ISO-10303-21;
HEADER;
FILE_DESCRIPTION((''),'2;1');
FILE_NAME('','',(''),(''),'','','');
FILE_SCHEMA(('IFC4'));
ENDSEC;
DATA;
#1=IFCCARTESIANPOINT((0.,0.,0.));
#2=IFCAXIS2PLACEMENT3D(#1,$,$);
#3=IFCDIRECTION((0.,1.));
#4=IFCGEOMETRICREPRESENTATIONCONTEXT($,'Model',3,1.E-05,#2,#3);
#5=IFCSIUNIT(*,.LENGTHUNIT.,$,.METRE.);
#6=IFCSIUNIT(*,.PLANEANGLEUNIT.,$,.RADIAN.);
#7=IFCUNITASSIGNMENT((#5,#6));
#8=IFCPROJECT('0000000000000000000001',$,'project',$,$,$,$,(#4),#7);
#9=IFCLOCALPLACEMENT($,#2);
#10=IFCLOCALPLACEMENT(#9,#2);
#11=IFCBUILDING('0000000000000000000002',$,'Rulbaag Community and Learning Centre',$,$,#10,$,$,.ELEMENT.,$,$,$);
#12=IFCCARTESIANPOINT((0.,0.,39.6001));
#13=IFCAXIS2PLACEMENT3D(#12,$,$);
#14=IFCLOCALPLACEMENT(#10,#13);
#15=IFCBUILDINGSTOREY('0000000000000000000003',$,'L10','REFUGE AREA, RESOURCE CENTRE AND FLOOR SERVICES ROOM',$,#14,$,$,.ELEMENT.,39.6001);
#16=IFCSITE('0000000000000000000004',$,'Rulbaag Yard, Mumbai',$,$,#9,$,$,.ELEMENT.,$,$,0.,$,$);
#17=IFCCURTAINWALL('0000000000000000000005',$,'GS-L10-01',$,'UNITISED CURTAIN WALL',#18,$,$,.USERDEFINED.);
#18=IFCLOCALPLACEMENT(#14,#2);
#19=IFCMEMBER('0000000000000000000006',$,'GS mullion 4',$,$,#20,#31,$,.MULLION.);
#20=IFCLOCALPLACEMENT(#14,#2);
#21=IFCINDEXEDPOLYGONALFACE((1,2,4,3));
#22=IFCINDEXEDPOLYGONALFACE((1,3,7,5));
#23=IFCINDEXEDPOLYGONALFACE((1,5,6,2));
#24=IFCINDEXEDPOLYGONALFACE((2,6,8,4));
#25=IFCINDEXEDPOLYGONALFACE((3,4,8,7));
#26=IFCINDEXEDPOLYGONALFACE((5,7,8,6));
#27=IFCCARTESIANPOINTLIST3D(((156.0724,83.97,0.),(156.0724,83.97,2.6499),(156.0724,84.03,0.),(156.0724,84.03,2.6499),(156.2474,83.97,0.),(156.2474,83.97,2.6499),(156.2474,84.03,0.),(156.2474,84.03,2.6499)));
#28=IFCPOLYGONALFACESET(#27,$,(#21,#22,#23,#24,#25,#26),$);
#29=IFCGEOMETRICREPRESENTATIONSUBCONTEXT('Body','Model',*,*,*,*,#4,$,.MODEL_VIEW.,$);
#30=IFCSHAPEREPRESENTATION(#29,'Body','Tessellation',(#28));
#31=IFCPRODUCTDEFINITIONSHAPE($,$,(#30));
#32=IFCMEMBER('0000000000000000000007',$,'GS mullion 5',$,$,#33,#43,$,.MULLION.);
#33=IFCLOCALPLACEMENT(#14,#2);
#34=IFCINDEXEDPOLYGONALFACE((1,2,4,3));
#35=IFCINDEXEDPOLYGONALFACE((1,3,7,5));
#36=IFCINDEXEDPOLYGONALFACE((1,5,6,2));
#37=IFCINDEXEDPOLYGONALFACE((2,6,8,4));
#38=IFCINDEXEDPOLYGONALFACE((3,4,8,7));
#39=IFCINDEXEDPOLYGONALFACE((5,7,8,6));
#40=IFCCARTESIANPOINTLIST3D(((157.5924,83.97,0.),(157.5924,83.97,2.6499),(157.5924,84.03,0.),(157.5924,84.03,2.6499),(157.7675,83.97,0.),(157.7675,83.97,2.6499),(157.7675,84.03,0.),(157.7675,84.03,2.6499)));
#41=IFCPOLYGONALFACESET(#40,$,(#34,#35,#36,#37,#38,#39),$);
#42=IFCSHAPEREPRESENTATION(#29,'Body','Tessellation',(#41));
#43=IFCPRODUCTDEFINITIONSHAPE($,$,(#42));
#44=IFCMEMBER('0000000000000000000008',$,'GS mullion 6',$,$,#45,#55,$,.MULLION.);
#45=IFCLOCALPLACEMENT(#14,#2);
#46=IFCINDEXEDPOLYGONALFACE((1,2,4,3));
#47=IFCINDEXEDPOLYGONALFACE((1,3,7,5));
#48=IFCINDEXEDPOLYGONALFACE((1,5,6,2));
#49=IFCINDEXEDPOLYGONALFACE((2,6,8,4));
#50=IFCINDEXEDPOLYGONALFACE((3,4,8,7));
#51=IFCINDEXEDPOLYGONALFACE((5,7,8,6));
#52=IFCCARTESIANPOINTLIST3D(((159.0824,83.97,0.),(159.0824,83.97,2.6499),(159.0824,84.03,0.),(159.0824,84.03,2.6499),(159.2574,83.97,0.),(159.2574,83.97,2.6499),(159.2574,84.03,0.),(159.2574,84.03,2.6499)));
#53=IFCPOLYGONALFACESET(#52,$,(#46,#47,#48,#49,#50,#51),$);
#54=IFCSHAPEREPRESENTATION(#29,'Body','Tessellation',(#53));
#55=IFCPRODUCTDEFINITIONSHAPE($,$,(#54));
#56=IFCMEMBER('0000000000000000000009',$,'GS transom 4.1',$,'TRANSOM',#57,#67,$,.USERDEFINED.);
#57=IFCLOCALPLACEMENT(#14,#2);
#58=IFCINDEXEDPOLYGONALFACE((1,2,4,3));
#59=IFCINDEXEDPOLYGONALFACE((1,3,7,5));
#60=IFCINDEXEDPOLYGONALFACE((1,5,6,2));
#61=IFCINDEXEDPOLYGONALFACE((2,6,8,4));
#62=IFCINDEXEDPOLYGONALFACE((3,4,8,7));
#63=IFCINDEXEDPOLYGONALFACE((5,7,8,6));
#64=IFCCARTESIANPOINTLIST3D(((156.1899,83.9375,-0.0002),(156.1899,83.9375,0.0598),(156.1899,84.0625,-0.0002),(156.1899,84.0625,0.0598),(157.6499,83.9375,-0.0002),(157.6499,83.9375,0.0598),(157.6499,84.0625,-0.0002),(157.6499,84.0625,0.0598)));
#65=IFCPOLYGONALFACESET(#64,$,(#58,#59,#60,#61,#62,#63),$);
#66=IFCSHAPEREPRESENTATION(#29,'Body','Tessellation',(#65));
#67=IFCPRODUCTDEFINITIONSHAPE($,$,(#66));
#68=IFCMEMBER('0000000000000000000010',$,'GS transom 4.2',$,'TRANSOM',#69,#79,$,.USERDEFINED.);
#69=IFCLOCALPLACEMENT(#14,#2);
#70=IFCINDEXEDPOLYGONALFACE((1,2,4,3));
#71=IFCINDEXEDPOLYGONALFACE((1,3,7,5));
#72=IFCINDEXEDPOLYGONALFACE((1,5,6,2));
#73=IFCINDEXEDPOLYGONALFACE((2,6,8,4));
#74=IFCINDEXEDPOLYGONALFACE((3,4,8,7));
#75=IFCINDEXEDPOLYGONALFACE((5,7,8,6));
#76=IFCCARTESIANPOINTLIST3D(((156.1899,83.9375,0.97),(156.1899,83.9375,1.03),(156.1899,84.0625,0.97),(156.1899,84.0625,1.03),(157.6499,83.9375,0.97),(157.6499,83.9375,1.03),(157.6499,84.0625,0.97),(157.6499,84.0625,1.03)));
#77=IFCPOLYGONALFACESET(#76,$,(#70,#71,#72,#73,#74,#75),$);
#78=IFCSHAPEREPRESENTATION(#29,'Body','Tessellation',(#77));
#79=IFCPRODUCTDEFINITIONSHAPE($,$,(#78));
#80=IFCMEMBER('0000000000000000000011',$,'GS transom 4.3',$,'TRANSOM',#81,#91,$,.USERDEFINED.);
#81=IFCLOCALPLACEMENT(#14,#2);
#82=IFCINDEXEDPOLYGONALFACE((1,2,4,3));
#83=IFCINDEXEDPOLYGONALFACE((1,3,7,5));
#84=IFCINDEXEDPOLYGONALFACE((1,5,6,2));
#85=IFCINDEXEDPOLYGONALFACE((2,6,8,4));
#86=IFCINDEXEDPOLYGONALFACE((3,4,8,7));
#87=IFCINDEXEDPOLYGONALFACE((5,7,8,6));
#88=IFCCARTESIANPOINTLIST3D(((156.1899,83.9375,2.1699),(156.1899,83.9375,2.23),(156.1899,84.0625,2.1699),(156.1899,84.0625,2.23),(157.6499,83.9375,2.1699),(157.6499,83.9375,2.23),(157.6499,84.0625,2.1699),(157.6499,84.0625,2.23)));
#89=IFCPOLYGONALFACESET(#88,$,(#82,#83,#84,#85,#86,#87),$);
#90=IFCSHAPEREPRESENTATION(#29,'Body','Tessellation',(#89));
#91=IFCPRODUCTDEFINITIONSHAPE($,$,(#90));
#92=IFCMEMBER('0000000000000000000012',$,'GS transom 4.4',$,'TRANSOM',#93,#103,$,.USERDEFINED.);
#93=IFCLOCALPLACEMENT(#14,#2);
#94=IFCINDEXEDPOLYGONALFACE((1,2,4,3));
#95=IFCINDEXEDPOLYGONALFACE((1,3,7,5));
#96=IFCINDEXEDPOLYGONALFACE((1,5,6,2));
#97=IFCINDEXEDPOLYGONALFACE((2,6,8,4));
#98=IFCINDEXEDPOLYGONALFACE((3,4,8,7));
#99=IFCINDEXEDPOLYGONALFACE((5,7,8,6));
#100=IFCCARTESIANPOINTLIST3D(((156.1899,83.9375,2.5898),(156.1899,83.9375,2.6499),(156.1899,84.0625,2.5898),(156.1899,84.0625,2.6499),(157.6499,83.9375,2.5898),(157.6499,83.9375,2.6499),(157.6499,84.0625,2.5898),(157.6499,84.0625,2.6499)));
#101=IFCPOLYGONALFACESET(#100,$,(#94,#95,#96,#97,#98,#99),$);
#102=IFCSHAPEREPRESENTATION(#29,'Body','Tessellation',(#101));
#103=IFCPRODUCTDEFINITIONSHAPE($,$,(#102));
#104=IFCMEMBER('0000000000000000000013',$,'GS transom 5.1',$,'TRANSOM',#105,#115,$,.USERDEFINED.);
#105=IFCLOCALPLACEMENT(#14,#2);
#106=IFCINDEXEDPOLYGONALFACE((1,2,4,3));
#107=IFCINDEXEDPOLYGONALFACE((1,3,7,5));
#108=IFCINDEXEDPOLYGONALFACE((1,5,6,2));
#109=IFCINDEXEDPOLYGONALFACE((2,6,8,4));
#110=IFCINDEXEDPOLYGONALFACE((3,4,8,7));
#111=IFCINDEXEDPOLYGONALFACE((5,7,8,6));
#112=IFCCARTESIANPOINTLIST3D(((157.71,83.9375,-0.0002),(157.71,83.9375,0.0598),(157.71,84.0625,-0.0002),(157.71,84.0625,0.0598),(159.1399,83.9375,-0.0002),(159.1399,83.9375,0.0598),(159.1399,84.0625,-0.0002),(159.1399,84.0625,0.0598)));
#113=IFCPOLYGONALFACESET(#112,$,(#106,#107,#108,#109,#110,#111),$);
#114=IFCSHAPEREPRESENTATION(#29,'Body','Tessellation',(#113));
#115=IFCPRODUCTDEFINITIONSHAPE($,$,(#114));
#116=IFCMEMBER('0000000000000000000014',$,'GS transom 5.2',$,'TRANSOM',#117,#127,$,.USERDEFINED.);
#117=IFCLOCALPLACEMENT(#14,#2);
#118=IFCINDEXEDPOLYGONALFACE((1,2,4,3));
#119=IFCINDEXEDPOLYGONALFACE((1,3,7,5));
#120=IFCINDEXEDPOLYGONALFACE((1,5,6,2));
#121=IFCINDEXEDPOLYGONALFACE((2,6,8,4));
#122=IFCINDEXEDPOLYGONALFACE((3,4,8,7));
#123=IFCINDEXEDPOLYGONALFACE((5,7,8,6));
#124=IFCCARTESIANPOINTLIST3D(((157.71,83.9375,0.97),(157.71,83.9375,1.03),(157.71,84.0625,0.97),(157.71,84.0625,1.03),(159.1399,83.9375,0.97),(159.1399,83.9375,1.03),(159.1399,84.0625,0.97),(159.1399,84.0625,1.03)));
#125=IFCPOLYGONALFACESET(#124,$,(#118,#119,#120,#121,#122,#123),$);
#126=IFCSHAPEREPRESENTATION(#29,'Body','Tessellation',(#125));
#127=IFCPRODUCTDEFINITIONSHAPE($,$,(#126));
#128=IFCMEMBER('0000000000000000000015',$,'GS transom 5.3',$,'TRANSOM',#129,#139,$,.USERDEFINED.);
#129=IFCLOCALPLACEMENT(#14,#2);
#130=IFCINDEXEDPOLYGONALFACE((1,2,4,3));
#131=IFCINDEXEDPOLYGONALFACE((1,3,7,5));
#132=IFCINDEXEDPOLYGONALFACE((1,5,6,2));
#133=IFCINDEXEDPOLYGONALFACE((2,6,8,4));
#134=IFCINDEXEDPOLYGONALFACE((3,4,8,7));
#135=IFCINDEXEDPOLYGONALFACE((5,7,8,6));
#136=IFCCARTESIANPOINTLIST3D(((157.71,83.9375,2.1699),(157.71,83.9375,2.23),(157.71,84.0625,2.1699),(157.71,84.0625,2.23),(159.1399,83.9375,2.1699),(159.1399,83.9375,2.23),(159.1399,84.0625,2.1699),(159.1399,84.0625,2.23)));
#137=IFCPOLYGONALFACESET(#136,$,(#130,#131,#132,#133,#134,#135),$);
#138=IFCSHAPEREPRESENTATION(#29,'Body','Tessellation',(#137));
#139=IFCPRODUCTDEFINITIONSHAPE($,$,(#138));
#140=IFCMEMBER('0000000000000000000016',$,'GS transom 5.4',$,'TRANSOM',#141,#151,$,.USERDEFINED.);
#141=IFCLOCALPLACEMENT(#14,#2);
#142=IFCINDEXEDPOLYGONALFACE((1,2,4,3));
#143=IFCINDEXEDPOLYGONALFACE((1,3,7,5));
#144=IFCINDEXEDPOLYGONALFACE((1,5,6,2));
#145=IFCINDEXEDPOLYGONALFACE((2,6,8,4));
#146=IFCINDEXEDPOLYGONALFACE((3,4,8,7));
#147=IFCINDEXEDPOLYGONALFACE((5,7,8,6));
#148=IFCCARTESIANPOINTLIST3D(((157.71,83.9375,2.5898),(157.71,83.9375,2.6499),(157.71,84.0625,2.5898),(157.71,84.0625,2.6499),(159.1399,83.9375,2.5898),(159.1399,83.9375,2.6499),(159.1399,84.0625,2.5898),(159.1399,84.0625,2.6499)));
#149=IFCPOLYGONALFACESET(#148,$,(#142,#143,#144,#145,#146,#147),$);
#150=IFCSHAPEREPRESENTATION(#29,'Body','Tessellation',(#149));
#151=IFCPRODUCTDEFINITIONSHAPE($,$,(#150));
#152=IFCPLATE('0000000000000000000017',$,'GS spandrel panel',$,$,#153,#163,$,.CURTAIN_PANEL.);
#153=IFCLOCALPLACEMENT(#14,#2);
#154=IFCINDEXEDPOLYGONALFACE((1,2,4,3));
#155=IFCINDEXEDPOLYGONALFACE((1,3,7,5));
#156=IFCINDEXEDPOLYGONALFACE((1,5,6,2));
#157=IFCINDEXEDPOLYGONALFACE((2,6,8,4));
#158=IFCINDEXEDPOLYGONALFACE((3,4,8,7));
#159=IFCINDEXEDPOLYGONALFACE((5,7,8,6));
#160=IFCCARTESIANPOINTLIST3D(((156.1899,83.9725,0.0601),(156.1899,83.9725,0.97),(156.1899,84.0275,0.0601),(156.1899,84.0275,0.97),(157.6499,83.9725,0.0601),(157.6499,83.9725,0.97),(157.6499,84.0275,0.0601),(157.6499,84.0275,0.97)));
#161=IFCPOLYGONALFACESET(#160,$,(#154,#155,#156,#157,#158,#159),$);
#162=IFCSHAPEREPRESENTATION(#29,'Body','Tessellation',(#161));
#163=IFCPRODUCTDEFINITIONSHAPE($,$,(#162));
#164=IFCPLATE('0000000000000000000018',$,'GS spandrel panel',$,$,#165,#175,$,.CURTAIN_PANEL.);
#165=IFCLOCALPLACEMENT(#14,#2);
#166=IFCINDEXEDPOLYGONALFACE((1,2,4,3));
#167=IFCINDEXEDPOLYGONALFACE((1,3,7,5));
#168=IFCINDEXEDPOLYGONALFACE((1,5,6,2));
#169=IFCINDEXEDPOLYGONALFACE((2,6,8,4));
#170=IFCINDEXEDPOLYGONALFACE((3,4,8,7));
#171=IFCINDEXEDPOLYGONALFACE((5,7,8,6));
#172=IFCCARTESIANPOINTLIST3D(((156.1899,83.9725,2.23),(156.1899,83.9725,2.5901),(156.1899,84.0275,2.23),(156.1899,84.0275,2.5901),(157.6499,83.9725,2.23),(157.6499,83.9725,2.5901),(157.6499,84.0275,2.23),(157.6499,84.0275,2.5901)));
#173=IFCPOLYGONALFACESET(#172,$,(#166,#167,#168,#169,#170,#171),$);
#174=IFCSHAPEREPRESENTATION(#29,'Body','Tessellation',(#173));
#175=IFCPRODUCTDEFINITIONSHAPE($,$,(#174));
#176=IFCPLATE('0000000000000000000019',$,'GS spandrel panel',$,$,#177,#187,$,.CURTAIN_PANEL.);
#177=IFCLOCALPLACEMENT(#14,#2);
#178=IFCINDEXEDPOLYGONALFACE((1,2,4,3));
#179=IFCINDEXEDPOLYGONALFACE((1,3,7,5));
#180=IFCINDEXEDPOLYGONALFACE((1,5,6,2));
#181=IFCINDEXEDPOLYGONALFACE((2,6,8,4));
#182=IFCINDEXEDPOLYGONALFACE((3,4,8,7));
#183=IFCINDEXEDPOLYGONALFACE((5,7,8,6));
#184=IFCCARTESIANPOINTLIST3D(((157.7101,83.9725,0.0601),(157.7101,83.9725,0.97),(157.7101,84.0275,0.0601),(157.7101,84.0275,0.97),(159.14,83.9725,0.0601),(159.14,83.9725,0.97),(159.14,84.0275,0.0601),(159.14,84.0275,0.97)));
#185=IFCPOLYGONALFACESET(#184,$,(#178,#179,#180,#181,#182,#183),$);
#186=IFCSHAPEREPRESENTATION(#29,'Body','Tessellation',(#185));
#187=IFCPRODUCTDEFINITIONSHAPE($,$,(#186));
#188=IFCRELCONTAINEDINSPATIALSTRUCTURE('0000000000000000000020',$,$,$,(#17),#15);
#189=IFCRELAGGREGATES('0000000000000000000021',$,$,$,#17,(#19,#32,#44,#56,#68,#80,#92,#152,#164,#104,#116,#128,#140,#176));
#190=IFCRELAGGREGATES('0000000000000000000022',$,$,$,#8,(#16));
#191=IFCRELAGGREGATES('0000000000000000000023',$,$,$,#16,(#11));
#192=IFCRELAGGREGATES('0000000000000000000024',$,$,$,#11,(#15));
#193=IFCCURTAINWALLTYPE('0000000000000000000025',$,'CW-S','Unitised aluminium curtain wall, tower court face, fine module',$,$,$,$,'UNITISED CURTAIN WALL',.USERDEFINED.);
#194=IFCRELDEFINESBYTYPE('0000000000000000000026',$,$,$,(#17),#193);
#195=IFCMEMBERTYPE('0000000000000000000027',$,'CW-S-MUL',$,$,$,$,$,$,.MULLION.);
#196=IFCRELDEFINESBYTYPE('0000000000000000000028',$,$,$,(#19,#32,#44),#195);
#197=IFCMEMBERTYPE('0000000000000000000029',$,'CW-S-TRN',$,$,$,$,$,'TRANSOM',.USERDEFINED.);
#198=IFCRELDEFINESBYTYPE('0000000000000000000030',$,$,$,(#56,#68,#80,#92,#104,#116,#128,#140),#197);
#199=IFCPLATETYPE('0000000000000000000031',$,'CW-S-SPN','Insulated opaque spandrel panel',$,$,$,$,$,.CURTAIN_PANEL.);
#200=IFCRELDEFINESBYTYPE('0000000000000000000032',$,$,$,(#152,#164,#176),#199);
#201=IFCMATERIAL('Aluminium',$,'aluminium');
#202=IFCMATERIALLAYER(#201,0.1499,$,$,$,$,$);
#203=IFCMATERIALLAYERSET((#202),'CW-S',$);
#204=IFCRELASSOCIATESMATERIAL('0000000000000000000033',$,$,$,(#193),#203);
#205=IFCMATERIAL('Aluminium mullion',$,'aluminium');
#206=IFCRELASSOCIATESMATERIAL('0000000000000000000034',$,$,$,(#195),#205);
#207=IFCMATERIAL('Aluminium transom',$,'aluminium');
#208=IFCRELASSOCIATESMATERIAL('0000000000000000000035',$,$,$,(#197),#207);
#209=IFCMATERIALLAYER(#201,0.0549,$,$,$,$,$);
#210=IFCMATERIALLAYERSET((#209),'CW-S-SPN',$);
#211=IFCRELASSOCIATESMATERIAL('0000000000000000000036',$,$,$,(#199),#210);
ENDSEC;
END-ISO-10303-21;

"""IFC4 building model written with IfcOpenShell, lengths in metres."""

from ifc_helpers import new_model, si_unit, direction, frame, origin, origin_2d, place, context, subcontext, project, spatial, rectangle, extrude, material, layer, layer_set, material_profile, profile_set, type_object, element, aggregate, save


model = new_model("IFC4")

# Units and contexts
model_context = context("Model", 3, precision=1e-05, world=origin(), true_north=direction((0.0, 1.0)))
body_context = subcontext(model_context, "Body", "Model", "MODEL_VIEW")
ifc_project = project(units=[si_unit("LENGTHUNIT", "METRE"), si_unit("PLANEANGLEUNIT", "RADIAN")], contexts=[model_context])

# Site, building, storey
site_placement = place(None, origin())
site = spatial("IfcSite", under=ifc_project, at=site_placement, Name="Rulbaag Yard, Mumbai", CompositionType="ELEMENT", RefElevation=0.0)
building_placement = place(site_placement, origin())
building = spatial("IfcBuilding", under=site, at=building_placement, Name="Rulbaag Community and Learning Centre", CompositionType="ELEMENT")
storey_placement = place(building_placement, frame((0.0, 0.0, 39.6001)))
storey = spatial("IfcBuildingStorey", under=building, at=storey_placement, Name="L10", Description="REFUGE AREA, RESOURCE CENTRE AND FLOOR SERVICES ROOM", CompositionType="ELEMENT", Elevation=39.6001)

# Curtain wall, members, plates
ifc_material_1 = material(Name="Aluminium", Category="aluminium")
ifc_layer_1 = layer(ifc_material_1, 0.1499)
ifc_layer_set_1 = layer_set([ifc_layer_1], Name="CW-S")
curtain_wall_type = type_object("IfcCurtainWallType", Name="CW-S", Description="Unitised aluminium curtain wall, tower court face, fine module", ElementType="UNITISED CURTAIN WALL", PredefinedType="USERDEFINED", material=ifc_layer_set_1)
curtain_wall_placement = place(storey_placement, origin())
curtain_wall = element("IfcCurtainWall", 1, at=curtain_wall_placement, inside=storey, type_object=curtain_wall_type, Name="GS-L10-01", ObjectType="UNITISED CURTAIN WALL", PredefinedType="USERDEFINED")
ifc_material_2 = material(Name="Aluminium mullion", Category="aluminium")
ifc_material_profile_1 = material_profile(ifc_material_2, rectangle(XDim=0.0601, YDim=0.175, at=origin_2d()), Name="AL 60x175")
ifc_profile_set_1 = profile_set([ifc_material_profile_1], Name="Aluminium mullion")
member_type_1 = type_object("IfcMemberType", Name="CW-S-MUL", PredefinedType="MULLION", material=ifc_profile_set_1)
member_1_placement = place(storey_placement, frame((156.1599, 84.0, 0.0), z_axis=(0.0, 0.0, 1.0), x_axis=(0.0, 1.0, 0.0)))
member_1 = element("IfcMember", 2, at=member_1_placement, type_object=member_type_1, Name="GS mullion 4", PredefinedType="MULLION", context=body_context, shape_type="SweptSolid", body=[
    extrude(rectangle(XDim=0.0601, YDim=0.175, at=origin_2d()), origin(), (0.0, 0.0, 1.0), 2.6499),
])
member_2_placement = place(storey_placement, frame((157.6799, 84.0, 0.0), z_axis=(0.0, 0.0, 1.0), x_axis=(0.0, 1.0, 0.0)))
member_2 = element("IfcMember", 3, at=member_2_placement, type_object=member_type_1, Name="GS mullion 5", PredefinedType="MULLION", context=body_context, shape_type="SweptSolid", body=[
    extrude(rectangle(XDim=0.0601, YDim=0.175, at=origin_2d()), origin(), (0.0, 0.0, 1.0), 2.6499),
])
member_3_placement = place(storey_placement, frame((159.1699, 84.0, 0.0), z_axis=(0.0, 0.0, 1.0), x_axis=(0.0, 1.0, 0.0)))
member_3 = element("IfcMember", 4, at=member_3_placement, type_object=member_type_1, Name="GS mullion 6", PredefinedType="MULLION", context=body_context, shape_type="SweptSolid", body=[
    extrude(rectangle(XDim=0.0601, YDim=0.175, at=origin_2d()), origin(), (0.0, 0.0, 1.0), 2.6499),
])
ifc_material_3 = material(Name="Aluminium transom", Category="aluminium")
ifc_material_profile_2 = material_profile(ifc_material_3, rectangle(XDim=0.125, YDim=0.0601, at=origin_2d()), Name="AL 60x125 T")
ifc_profile_set_2 = profile_set([ifc_material_profile_2], Name="Aluminium transom")
member_type_2 = type_object("IfcMemberType", Name="CW-S-TRN", ElementType="TRANSOM", PredefinedType="USERDEFINED", material=ifc_profile_set_2)
member_4_placement = place(storey_placement, frame((156.1899, 84.0, 0.0298), z_axis=(1.0, 0.0, 0.0), x_axis=(0.0, 1.0, 0.0)))
member_4 = element("IfcMember", 5, at=member_4_placement, type_object=member_type_2, Name="GS transom 4.1", ObjectType="TRANSOM", PredefinedType="USERDEFINED", context=body_context, shape_type="SweptSolid", body=[
    extrude(rectangle(XDim=0.125, YDim=0.0601, at=origin_2d()), origin(), (0.0, 0.0, 1.0), 1.46),
])
member_5_placement = place(storey_placement, frame((156.1899, 84.0, 1.0), z_axis=(1.0, 0.0, 0.0), x_axis=(0.0, 1.0, 0.0)))
member_5 = element("IfcMember", 6, at=member_5_placement, type_object=member_type_2, Name="GS transom 4.2", ObjectType="TRANSOM", PredefinedType="USERDEFINED", context=body_context, shape_type="SweptSolid", body=[
    extrude(rectangle(XDim=0.125, YDim=0.0601, at=origin_2d()), origin(), (0.0, 0.0, 1.0), 1.46),
])
member_6_placement = place(storey_placement, frame((156.1899, 84.0, 2.2), z_axis=(1.0, 0.0, 0.0), x_axis=(0.0, 1.0, 0.0)))
member_6 = element("IfcMember", 7, at=member_6_placement, type_object=member_type_2, Name="GS transom 4.3", ObjectType="TRANSOM", PredefinedType="USERDEFINED", context=body_context, shape_type="SweptSolid", body=[
    extrude(rectangle(XDim=0.125, YDim=0.0601, at=origin_2d()), origin(), (0.0, 0.0, 1.0), 1.46),
])
member_7_placement = place(storey_placement, frame((156.1899, 84.0, 2.6199), z_axis=(1.0, 0.0, 0.0), x_axis=(0.0, 1.0, 0.0)))
member_7 = element("IfcMember", 8, at=member_7_placement, type_object=member_type_2, Name="GS transom 4.4", ObjectType="TRANSOM", PredefinedType="USERDEFINED", context=body_context, shape_type="SweptSolid", body=[
    extrude(rectangle(XDim=0.125, YDim=0.0601, at=origin_2d()), origin(), (0.0, 0.0, 1.0), 1.46),
])
member_8_placement = place(storey_placement, frame((157.71, 84.0, 0.0298), z_axis=(1.0, 0.0, 0.0), x_axis=(0.0, 1.0, 0.0)))
member_8 = element("IfcMember", 9, at=member_8_placement, type_object=member_type_2, Name="GS transom 5.1", ObjectType="TRANSOM", PredefinedType="USERDEFINED", context=body_context, shape_type="SweptSolid", body=[
    extrude(rectangle(XDim=0.125, YDim=0.0601, at=origin_2d()), origin(), (0.0, 0.0, 1.0), 1.4299),
])
member_9_placement = place(storey_placement, frame((157.71, 84.0, 1.0), z_axis=(1.0, 0.0, 0.0), x_axis=(0.0, 1.0, 0.0)))
member_9 = element("IfcMember", 10, at=member_9_placement, type_object=member_type_2, Name="GS transom 5.2", ObjectType="TRANSOM", PredefinedType="USERDEFINED", context=body_context, shape_type="SweptSolid", body=[
    extrude(rectangle(XDim=0.125, YDim=0.0601, at=origin_2d()), origin(), (0.0, 0.0, 1.0), 1.4299),
])
member_10_placement = place(storey_placement, frame((157.71, 84.0, 2.2), z_axis=(1.0, 0.0, 0.0), x_axis=(0.0, 1.0, 0.0)))
member_10 = element("IfcMember", 11, at=member_10_placement, type_object=member_type_2, Name="GS transom 5.3", ObjectType="TRANSOM", PredefinedType="USERDEFINED", context=body_context, shape_type="SweptSolid", body=[
    extrude(rectangle(XDim=0.125, YDim=0.0601, at=origin_2d()), origin(), (0.0, 0.0, 1.0), 1.4299),
])
member_11_placement = place(storey_placement, frame((157.71, 84.0, 2.6199), z_axis=(1.0, 0.0, 0.0), x_axis=(0.0, 1.0, 0.0)))
member_11 = element("IfcMember", 12, at=member_11_placement, type_object=member_type_2, Name="GS transom 5.4", ObjectType="TRANSOM", PredefinedType="USERDEFINED", context=body_context, shape_type="SweptSolid", body=[
    extrude(rectangle(XDim=0.125, YDim=0.0601, at=origin_2d()), origin(), (0.0, 0.0, 1.0), 1.4299),
])
ifc_layer_2 = layer(ifc_material_1, 0.0549)
ifc_layer_set_2 = layer_set([ifc_layer_2], Name="CW-S-SPN")
plate_type_1 = type_object("IfcPlateType", Name="CW-S-SPN", Description="Insulated opaque spandrel panel", PredefinedType="CURTAIN_PANEL", material=ifc_layer_set_2)
plate_1_placement = place(storey_placement, frame((156.9199, 84.0, 0.0601), z_axis=(0.0, 0.0, 1.0), x_axis=(1.0, 0.0, 0.0)))
plate_1 = element("IfcPlate", 13, at=plate_1_placement, type_object=plate_type_1, Name="GS spandrel panel", PredefinedType="CURTAIN_PANEL", context=body_context, shape_type="SweptSolid", body=[
    extrude(rectangle(XDim=1.46, YDim=0.0549, at=origin_2d()), origin(), (0.0, 0.0, 1.0), 0.9099),
])
plate_2_placement = place(storey_placement, frame((156.9199, 84.0, 2.23), z_axis=(0.0, 0.0, 1.0), x_axis=(1.0, 0.0, 0.0)))
plate_2 = element("IfcPlate", 14, at=plate_2_placement, type_object=plate_type_1, Name="GS spandrel panel", PredefinedType="CURTAIN_PANEL", context=body_context, shape_type="SweptSolid", body=[
    extrude(rectangle(XDim=1.46, YDim=0.0549, at=origin_2d()), origin(), (0.0, 0.0, 1.0), 0.3601),
])
plate_3_placement = place(storey_placement, frame((158.425, 84.0, 0.0601), z_axis=(0.0, 0.0, 1.0), x_axis=(1.0, 0.0, 0.0)))
plate_3 = element("IfcPlate", 15, at=plate_3_placement, type_object=plate_type_1, Name="GS spandrel panel", PredefinedType="CURTAIN_PANEL", context=body_context, shape_type="SweptSolid", body=[
    extrude(rectangle(XDim=1.4299, YDim=0.0549, at=origin_2d()), origin(), (0.0, 0.0, 1.0), 0.9099),
])
aggregate(curtain_wall, [member_1, member_2, member_3, member_4, member_5, member_6, member_7, plate_1, plate_2, member_8, member_9, member_10, member_11, plate_3])

save(model, "model.ifc")
